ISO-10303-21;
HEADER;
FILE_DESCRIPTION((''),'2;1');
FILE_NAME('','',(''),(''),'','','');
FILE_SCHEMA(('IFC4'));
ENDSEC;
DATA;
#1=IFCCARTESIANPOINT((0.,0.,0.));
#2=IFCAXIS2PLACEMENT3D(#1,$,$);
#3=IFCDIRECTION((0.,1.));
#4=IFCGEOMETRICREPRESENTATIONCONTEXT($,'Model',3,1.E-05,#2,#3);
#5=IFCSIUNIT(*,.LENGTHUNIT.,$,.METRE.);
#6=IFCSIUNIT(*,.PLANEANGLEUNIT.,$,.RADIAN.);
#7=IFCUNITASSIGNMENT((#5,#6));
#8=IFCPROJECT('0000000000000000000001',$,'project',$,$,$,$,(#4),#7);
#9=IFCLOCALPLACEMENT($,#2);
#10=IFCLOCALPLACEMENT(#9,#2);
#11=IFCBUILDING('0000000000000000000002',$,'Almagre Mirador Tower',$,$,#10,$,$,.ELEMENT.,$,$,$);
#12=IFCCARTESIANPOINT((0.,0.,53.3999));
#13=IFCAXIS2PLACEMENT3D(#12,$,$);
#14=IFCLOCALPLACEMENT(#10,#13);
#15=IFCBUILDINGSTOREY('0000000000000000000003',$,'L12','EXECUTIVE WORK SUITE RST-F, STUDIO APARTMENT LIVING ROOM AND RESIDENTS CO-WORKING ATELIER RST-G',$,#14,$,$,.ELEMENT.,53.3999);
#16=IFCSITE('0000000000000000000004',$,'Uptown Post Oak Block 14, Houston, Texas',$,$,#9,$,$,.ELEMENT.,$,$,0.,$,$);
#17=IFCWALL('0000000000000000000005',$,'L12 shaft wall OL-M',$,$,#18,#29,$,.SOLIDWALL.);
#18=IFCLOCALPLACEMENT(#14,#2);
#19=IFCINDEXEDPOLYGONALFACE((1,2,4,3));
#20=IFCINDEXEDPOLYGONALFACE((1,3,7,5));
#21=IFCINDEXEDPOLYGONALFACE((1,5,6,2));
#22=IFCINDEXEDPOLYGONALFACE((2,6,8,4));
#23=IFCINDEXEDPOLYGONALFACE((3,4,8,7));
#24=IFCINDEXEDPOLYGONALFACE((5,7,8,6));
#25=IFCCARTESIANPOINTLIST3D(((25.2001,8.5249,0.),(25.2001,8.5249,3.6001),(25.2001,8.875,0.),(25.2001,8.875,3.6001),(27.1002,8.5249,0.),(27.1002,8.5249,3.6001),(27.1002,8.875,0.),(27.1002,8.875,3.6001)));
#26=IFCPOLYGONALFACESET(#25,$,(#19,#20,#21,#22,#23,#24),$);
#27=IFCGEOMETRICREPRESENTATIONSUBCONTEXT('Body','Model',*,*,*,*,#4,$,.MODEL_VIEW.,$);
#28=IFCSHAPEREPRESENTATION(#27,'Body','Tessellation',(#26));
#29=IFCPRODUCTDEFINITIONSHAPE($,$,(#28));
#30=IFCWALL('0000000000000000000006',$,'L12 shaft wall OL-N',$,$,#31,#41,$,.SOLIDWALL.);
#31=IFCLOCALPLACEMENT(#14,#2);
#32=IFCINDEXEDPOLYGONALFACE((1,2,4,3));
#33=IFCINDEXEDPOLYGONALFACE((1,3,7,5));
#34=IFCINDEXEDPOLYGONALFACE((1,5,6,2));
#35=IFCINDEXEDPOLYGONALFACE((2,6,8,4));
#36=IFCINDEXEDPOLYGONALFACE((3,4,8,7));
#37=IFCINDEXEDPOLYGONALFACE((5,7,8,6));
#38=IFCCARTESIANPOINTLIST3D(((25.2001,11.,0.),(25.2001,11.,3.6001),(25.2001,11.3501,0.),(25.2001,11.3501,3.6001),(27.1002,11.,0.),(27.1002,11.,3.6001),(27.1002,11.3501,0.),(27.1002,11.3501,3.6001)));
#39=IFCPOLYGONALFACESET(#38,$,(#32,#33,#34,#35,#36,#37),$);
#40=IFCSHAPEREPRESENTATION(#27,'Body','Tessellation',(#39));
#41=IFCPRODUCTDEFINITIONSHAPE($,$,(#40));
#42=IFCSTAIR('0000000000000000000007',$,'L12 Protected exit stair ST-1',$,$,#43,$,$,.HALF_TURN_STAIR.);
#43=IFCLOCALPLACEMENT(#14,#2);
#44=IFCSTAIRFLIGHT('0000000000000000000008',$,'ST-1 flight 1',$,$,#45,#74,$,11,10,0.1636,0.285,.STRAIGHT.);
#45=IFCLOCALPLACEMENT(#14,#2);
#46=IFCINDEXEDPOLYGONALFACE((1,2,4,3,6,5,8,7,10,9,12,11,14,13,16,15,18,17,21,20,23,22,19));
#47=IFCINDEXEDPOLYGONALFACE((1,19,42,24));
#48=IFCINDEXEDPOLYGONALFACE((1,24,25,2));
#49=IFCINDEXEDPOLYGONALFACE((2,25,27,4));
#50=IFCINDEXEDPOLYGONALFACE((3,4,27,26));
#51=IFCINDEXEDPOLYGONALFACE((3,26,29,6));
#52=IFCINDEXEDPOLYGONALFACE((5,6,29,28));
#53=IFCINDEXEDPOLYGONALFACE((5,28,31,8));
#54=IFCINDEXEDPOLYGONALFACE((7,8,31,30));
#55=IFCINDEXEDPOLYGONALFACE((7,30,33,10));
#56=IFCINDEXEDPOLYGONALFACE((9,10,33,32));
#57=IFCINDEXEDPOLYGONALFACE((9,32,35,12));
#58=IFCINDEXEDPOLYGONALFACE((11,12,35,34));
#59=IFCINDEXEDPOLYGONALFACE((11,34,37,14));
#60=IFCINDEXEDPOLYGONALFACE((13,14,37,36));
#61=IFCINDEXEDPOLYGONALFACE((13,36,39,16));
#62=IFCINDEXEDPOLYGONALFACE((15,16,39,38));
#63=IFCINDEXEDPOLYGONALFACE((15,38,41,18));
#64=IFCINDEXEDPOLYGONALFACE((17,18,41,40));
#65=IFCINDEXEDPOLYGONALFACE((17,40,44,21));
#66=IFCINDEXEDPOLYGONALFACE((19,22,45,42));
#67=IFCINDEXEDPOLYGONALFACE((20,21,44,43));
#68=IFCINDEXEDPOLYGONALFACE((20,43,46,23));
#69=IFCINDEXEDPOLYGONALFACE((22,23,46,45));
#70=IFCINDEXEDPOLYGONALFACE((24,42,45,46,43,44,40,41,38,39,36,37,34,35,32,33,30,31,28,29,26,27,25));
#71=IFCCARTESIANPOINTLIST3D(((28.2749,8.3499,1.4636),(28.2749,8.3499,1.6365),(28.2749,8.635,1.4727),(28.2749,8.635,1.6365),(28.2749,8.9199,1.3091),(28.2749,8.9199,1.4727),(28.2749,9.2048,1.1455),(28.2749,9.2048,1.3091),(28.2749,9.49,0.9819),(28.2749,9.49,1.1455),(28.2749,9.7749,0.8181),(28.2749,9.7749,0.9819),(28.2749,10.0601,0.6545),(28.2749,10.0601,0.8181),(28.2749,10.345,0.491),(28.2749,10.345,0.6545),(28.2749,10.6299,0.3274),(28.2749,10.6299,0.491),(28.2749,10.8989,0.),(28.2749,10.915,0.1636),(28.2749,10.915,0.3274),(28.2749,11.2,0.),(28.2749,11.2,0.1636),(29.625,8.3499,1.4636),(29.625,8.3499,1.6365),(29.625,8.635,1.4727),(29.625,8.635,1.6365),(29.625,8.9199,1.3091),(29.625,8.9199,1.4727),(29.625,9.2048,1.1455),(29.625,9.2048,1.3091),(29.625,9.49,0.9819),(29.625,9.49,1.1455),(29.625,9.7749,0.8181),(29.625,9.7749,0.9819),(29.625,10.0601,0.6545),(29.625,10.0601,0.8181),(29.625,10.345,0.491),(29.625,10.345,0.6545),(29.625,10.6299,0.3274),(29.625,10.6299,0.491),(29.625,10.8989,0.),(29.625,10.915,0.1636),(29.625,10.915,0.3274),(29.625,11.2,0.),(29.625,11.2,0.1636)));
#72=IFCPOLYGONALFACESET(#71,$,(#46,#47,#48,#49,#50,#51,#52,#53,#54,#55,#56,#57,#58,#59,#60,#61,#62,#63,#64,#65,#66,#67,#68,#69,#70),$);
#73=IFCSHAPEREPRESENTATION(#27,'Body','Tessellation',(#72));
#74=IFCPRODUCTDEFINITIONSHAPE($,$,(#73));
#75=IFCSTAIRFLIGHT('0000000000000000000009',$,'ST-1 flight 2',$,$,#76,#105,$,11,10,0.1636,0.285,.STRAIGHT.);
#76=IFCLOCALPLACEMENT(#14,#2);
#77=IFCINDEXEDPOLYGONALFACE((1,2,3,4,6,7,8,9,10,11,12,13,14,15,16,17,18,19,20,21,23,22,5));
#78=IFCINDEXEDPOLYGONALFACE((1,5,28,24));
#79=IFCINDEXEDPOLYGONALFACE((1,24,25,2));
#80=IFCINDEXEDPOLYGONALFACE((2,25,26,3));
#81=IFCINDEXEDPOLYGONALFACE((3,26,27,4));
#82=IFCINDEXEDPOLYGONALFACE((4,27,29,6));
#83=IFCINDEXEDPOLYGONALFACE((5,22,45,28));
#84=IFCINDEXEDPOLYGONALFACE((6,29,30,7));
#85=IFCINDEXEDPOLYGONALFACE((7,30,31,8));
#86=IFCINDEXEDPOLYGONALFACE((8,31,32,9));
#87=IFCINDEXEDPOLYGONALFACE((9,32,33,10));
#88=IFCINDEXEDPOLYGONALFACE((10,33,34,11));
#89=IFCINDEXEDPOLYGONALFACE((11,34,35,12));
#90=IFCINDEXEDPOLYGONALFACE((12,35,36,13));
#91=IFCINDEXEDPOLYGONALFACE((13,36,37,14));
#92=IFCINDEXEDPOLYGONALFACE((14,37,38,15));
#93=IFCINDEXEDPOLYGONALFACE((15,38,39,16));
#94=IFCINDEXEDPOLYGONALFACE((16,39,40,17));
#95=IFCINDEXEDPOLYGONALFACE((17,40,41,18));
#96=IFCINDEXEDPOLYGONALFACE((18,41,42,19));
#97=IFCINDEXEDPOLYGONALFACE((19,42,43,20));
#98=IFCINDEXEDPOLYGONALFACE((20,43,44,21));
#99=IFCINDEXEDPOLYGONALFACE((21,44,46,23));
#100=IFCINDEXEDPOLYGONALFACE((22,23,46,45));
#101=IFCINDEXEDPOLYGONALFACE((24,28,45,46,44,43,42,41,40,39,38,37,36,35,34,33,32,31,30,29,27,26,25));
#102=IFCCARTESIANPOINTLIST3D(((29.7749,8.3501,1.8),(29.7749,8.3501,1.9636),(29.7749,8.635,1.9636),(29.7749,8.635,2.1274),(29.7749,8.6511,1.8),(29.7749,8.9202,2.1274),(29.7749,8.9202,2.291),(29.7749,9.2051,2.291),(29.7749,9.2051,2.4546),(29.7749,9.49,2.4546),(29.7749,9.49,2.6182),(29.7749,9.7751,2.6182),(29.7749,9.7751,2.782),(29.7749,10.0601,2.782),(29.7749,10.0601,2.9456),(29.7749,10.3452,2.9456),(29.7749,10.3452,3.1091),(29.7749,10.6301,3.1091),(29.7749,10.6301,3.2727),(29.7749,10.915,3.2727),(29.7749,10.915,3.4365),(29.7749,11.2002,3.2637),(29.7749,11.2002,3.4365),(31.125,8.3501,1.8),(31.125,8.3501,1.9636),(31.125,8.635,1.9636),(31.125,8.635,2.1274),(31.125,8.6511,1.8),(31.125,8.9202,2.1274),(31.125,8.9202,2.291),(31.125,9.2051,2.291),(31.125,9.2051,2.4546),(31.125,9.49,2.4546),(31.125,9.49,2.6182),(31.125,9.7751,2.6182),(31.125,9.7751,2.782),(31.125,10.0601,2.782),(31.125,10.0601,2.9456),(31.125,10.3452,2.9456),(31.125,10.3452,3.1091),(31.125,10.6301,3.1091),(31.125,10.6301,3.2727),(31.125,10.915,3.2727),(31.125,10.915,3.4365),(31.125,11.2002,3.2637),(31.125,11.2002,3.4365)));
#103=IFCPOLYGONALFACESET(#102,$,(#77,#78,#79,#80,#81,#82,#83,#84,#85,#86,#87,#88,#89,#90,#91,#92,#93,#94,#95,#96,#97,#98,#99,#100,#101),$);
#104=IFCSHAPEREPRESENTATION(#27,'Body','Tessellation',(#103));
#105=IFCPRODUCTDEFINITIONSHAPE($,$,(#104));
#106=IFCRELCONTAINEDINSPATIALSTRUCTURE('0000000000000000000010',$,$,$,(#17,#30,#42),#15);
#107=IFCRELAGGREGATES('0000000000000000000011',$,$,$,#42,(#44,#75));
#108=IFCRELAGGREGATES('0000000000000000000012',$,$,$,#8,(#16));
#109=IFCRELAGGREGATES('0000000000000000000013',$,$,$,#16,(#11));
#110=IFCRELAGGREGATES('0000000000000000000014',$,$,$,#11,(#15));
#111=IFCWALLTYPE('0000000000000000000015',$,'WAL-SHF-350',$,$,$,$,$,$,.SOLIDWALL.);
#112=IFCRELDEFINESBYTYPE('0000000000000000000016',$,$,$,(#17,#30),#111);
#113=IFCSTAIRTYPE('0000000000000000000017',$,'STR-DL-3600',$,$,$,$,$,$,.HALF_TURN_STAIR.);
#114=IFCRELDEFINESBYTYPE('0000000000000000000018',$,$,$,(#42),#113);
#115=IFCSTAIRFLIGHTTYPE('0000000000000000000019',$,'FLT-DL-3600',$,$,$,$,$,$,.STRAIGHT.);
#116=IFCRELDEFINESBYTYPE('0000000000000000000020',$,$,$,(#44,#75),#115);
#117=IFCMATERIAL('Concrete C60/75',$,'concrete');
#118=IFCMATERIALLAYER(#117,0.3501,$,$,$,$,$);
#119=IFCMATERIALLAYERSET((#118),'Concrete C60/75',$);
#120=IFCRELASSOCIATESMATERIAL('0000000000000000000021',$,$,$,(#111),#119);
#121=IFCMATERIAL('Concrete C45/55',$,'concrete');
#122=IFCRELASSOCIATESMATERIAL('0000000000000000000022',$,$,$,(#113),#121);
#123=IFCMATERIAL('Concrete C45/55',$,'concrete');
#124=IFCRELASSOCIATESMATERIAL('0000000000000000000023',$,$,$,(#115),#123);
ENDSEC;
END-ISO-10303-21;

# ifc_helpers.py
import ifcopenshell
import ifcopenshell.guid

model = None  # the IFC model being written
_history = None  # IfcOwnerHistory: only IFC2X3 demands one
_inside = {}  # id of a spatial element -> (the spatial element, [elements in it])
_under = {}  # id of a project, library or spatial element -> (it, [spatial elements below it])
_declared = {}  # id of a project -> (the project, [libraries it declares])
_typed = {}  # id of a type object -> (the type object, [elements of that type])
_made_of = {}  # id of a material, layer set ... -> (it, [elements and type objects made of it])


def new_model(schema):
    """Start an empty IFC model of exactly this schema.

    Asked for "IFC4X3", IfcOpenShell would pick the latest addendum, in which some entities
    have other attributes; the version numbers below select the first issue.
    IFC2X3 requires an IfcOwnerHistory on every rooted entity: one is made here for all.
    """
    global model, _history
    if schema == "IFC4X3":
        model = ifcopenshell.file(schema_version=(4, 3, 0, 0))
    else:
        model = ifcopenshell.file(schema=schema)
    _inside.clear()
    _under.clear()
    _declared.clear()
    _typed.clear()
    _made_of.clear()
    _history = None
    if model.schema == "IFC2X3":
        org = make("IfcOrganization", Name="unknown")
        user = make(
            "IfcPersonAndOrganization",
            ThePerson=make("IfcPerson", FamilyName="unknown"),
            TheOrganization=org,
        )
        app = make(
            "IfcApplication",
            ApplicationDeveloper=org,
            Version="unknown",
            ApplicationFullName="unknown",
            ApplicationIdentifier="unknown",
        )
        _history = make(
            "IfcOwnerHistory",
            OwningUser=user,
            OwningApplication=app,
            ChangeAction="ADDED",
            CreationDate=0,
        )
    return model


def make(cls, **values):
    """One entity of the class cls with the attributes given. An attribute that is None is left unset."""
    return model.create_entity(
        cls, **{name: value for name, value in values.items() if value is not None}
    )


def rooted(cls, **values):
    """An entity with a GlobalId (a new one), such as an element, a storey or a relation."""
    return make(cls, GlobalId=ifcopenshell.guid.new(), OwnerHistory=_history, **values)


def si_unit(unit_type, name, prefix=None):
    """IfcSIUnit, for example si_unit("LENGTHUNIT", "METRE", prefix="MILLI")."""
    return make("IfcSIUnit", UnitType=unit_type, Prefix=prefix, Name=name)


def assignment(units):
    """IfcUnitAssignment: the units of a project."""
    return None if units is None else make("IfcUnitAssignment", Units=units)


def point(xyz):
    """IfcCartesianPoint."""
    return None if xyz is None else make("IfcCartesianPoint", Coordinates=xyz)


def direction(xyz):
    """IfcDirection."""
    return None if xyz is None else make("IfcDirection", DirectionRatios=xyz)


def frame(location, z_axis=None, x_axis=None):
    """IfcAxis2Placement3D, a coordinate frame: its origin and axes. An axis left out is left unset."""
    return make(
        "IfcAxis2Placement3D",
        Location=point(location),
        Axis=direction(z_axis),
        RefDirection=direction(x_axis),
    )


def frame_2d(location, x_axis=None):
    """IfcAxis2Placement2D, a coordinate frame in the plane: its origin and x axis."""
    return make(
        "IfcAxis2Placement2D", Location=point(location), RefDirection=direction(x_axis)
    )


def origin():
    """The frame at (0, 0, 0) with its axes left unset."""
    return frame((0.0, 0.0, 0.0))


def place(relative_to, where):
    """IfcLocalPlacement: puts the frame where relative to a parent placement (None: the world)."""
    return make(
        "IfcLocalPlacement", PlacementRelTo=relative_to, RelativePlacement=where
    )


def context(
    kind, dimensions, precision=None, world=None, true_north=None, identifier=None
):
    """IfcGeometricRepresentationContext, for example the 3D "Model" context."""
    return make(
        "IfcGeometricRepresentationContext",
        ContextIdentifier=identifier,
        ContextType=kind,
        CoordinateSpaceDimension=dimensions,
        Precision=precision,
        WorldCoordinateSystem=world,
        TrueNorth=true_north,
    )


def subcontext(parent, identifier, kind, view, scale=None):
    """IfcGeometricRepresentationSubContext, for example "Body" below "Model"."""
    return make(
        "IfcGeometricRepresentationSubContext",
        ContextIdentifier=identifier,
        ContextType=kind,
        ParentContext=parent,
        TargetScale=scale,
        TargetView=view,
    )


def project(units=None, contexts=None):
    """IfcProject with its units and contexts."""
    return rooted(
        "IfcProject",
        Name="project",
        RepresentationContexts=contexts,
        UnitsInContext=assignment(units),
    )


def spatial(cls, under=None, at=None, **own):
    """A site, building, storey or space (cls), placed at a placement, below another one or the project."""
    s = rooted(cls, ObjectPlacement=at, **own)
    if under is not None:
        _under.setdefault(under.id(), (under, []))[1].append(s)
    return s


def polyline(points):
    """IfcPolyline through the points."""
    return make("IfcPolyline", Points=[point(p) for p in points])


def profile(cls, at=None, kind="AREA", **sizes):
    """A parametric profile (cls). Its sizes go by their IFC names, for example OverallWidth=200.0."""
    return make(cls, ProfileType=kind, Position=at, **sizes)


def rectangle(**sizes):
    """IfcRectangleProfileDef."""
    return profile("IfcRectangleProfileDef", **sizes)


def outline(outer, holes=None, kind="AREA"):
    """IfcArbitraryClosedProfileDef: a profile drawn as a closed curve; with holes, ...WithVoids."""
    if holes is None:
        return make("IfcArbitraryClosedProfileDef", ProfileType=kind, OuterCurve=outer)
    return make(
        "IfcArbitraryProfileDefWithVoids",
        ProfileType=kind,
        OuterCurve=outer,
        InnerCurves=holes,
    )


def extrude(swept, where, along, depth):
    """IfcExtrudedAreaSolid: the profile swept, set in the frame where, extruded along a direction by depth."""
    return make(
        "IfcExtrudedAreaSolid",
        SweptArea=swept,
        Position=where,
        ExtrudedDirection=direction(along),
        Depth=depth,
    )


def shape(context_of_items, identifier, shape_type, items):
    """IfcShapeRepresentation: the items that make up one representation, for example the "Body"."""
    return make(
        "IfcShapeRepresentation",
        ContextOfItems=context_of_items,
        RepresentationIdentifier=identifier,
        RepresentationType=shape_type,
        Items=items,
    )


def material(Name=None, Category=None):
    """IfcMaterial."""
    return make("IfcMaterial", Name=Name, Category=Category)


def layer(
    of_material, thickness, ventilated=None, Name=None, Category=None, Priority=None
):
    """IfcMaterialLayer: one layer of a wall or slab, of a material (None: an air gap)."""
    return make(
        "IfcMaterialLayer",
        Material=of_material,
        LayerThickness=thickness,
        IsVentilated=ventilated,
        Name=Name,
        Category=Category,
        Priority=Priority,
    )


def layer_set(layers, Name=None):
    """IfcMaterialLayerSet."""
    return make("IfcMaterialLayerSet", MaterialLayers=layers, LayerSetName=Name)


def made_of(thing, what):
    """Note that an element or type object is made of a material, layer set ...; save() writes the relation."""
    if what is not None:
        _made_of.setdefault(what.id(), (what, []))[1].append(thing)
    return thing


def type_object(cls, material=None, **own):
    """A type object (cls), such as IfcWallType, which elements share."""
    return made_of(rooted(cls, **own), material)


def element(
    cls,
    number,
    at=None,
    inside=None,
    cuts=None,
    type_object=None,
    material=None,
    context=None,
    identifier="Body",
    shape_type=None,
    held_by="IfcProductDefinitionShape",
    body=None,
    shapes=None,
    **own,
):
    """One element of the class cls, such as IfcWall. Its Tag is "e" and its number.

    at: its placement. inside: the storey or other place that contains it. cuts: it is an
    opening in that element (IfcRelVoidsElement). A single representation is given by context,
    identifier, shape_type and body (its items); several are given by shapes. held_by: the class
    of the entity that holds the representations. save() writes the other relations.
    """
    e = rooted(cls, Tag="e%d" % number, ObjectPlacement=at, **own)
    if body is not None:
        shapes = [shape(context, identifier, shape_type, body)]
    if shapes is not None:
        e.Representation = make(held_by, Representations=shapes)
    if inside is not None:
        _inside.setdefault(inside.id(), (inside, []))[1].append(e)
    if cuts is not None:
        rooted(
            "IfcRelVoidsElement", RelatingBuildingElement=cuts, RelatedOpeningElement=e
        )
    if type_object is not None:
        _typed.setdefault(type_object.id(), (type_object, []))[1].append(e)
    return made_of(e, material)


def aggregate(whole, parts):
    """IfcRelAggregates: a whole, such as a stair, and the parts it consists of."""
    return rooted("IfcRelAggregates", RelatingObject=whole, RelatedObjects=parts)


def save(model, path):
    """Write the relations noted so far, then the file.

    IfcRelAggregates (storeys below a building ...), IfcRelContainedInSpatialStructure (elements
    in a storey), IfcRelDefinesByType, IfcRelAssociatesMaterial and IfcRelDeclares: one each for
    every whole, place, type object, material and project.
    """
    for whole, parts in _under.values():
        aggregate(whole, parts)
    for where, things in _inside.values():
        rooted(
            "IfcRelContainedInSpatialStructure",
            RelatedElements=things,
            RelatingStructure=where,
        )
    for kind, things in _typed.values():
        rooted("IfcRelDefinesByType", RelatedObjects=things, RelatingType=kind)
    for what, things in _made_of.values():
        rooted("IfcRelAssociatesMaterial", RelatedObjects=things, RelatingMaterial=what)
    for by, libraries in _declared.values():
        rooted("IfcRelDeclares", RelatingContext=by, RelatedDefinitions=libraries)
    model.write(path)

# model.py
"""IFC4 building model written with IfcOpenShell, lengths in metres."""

from ifc_helpers import new_model, si_unit, direction, frame, frame_2d, origin, place, context, subcontext, project, spatial, polyline, rectangle, outline, extrude, material, layer, layer_set, type_object, element, aggregate, save


model = new_model("IFC4")

# Units and contexts
model_context = context("Model", 3, precision=1e-05, world=origin(), true_north=direction((0.0, 1.0)))
body_context = subcontext(model_context, "Body", "Model", "MODEL_VIEW")
ifc_project = project(units=[si_unit("LENGTHUNIT", "METRE"), si_unit("PLANEANGLEUNIT", "RADIAN")], contexts=[model_context])

# Site, building, storey
site_placement = place(None, origin())
site = spatial("IfcSite", under=ifc_project, at=site_placement, Name="Uptown Post Oak Block 14, Houston, Texas", CompositionType="ELEMENT", RefElevation=0.0)
building_placement = place(site_placement, origin())
building = spatial("IfcBuilding", under=site, at=building_placement, Name="Almagre Mirador Tower", CompositionType="ELEMENT")
storey_placement = place(building_placement, frame((0.0, 0.0, 53.3999)))
storey = spatial("IfcBuildingStorey", under=building, at=storey_placement, Name="L12", Description="EXECUTIVE WORK SUITE RST-F, STUDIO APARTMENT LIVING ROOM AND RESIDENTS CO-WORKING ATELIER RST-G", CompositionType="ELEMENT", Elevation=53.3999)

# Shared definitions
ifc_material_1 = material(Name="Concrete C60/75", Category="concrete")
ifc_layer_1 = layer(ifc_material_1, 0.3501)
ifc_layer_set_1 = layer_set([ifc_layer_1], Name="Concrete C60/75")
wall_type_1 = type_object("IfcWallType", Name="WAL-SHF-350", PredefinedType="SOLIDWALL", material=ifc_layer_set_1)

# Walls
for number, where, z_axis, x_axis, name in (
    (1, (25.2, 8.7, 0.0), (0.0, 0.0, 1.0), (1.0, 0.0, 0.0), "L12 shaft wall OL-M"),
    (2, (25.2, 11.175, 0.0), (0.0, 0.0, 1.0), (1.0, 0.0, 0.0), "L12 shaft wall OL-N"),
):
    element("IfcWall", number, at=place(storey_placement, frame(where, z_axis=z_axis, x_axis=x_axis)), inside=storey, type_object=wall_type_1, Name=name, PredefinedType="SOLIDWALL", context=body_context, shape_type="SweptSolid", body=[
        extrude(rectangle(XDim=1.9001, YDim=0.3501, at=frame_2d((0.9502, 0.0))), origin(), (0.0, 0.0, 1.0), 3.6001),
    ])

# Stair, stair flights
ifc_material_2 = material(Name="Concrete C45/55", Category="concrete")
stair_type = type_object("IfcStairType", Name="STR-DL-3600", PredefinedType="HALF_TURN_STAIR", material=ifc_material_2)
stair_placement = place(storey_placement, origin())
stair = element("IfcStair", 3, at=stair_placement, inside=storey, type_object=stair_type, Name="L12 Protected exit stair ST-1", PredefinedType="HALF_TURN_STAIR")
ifc_material_3 = material(Name="Concrete C45/55", Category="concrete")
stair_flight_type = type_object("IfcStairFlightType", Name="FLT-DL-3600", PredefinedType="STRAIGHT", material=ifc_material_3)
stair_flight_1_placement = place(storey_placement, frame((28.95, 11.2, 0.0), z_axis=(0.0, 0.0, 1.0), x_axis=(0.0, -1.0, 0.0)))
stair_flight_1 = element("IfcStairFlight", 4, at=stair_flight_1_placement, type_object=stair_flight_type, Name="ST-1 flight 1", NumberOfRisers=11, NumberOfTreads=10, PredefinedType="STRAIGHT", RiserHeight=0.1636, TreadLength=0.285, context=body_context, shape_type="SweptSolid", body=[
    extrude(outline(polyline([(0.0, 0.0), (0.0, 0.1636), (0.2849, 0.1636), (0.2849, 0.3274), (0.5701, 0.3274), (0.5701, 0.491), (0.855, 0.491), (0.855, 0.6545), (1.1399, 0.6545), (1.1399, 0.8181), (1.425, 0.8181), (1.425, 0.9819), (1.71, 0.9819), (1.71, 1.1455), (1.9951, 1.1455), (1.9951, 1.3091), (2.28, 1.3091), (2.28, 1.4727), (2.5649, 1.4727), (2.5649, 1.6365), (2.8501, 1.6365), (2.8501, 1.8), (2.8501, 1.4636), (0.301, 0.0), (0.0, 0.0)])), frame((0.0, 0.675, 0.0), z_axis=(0.0, -1.0, 0.0), x_axis=(1.0, 0.0, 0.0)), (0.0, 0.0, 1.0), 1.3501),
])
stair_flight_2_placement = place(storey_placement, frame((30.45, 8.3501, 1.8), z_axis=(0.0, 0.0, 1.0), x_axis=(0.0, 1.0, 0.0)))
stair_flight_2 = element("IfcStairFlight", 5, at=stair_flight_2_placement, type_object=stair_flight_type, Name="ST-1 flight 2", NumberOfRisers=11, NumberOfTreads=10, PredefinedType="STRAIGHT", RiserHeight=0.1636, TreadLength=0.285, context=body_context, shape_type="SweptSolid", body=[
    extrude(outline(polyline([(0.0, 0.0), (0.0, 0.1636), (0.2849, 0.1636), (0.2849, 0.3274), (0.5701, 0.3274), (0.5701, 0.491), (0.855, 0.491), (0.855, 0.6545), (1.1399, 0.6545), (1.1399, 0.8181), (1.425, 0.8181), (1.425, 0.9819), (1.71, 0.9819), (1.71, 1.1455), (1.9951, 1.1455), (1.9951, 1.3091), (2.28, 1.3091), (2.28, 1.4727), (2.5649, 1.4727), (2.5649, 1.6365), (2.8501, 1.6365), (2.8501, 1.8), (2.8501, 1.4636), (0.301, 0.0), (0.0, 0.0)])), frame((0.0, 0.675, 0.0), z_axis=(0.0, -1.0, 0.0), x_axis=(1.0, 0.0, 0.0)), (0.0, 0.0, 1.0), 1.3501),
])
aggregate(stair, [stair_flight_1, stair_flight_2])

save(model, "model.ifc")
